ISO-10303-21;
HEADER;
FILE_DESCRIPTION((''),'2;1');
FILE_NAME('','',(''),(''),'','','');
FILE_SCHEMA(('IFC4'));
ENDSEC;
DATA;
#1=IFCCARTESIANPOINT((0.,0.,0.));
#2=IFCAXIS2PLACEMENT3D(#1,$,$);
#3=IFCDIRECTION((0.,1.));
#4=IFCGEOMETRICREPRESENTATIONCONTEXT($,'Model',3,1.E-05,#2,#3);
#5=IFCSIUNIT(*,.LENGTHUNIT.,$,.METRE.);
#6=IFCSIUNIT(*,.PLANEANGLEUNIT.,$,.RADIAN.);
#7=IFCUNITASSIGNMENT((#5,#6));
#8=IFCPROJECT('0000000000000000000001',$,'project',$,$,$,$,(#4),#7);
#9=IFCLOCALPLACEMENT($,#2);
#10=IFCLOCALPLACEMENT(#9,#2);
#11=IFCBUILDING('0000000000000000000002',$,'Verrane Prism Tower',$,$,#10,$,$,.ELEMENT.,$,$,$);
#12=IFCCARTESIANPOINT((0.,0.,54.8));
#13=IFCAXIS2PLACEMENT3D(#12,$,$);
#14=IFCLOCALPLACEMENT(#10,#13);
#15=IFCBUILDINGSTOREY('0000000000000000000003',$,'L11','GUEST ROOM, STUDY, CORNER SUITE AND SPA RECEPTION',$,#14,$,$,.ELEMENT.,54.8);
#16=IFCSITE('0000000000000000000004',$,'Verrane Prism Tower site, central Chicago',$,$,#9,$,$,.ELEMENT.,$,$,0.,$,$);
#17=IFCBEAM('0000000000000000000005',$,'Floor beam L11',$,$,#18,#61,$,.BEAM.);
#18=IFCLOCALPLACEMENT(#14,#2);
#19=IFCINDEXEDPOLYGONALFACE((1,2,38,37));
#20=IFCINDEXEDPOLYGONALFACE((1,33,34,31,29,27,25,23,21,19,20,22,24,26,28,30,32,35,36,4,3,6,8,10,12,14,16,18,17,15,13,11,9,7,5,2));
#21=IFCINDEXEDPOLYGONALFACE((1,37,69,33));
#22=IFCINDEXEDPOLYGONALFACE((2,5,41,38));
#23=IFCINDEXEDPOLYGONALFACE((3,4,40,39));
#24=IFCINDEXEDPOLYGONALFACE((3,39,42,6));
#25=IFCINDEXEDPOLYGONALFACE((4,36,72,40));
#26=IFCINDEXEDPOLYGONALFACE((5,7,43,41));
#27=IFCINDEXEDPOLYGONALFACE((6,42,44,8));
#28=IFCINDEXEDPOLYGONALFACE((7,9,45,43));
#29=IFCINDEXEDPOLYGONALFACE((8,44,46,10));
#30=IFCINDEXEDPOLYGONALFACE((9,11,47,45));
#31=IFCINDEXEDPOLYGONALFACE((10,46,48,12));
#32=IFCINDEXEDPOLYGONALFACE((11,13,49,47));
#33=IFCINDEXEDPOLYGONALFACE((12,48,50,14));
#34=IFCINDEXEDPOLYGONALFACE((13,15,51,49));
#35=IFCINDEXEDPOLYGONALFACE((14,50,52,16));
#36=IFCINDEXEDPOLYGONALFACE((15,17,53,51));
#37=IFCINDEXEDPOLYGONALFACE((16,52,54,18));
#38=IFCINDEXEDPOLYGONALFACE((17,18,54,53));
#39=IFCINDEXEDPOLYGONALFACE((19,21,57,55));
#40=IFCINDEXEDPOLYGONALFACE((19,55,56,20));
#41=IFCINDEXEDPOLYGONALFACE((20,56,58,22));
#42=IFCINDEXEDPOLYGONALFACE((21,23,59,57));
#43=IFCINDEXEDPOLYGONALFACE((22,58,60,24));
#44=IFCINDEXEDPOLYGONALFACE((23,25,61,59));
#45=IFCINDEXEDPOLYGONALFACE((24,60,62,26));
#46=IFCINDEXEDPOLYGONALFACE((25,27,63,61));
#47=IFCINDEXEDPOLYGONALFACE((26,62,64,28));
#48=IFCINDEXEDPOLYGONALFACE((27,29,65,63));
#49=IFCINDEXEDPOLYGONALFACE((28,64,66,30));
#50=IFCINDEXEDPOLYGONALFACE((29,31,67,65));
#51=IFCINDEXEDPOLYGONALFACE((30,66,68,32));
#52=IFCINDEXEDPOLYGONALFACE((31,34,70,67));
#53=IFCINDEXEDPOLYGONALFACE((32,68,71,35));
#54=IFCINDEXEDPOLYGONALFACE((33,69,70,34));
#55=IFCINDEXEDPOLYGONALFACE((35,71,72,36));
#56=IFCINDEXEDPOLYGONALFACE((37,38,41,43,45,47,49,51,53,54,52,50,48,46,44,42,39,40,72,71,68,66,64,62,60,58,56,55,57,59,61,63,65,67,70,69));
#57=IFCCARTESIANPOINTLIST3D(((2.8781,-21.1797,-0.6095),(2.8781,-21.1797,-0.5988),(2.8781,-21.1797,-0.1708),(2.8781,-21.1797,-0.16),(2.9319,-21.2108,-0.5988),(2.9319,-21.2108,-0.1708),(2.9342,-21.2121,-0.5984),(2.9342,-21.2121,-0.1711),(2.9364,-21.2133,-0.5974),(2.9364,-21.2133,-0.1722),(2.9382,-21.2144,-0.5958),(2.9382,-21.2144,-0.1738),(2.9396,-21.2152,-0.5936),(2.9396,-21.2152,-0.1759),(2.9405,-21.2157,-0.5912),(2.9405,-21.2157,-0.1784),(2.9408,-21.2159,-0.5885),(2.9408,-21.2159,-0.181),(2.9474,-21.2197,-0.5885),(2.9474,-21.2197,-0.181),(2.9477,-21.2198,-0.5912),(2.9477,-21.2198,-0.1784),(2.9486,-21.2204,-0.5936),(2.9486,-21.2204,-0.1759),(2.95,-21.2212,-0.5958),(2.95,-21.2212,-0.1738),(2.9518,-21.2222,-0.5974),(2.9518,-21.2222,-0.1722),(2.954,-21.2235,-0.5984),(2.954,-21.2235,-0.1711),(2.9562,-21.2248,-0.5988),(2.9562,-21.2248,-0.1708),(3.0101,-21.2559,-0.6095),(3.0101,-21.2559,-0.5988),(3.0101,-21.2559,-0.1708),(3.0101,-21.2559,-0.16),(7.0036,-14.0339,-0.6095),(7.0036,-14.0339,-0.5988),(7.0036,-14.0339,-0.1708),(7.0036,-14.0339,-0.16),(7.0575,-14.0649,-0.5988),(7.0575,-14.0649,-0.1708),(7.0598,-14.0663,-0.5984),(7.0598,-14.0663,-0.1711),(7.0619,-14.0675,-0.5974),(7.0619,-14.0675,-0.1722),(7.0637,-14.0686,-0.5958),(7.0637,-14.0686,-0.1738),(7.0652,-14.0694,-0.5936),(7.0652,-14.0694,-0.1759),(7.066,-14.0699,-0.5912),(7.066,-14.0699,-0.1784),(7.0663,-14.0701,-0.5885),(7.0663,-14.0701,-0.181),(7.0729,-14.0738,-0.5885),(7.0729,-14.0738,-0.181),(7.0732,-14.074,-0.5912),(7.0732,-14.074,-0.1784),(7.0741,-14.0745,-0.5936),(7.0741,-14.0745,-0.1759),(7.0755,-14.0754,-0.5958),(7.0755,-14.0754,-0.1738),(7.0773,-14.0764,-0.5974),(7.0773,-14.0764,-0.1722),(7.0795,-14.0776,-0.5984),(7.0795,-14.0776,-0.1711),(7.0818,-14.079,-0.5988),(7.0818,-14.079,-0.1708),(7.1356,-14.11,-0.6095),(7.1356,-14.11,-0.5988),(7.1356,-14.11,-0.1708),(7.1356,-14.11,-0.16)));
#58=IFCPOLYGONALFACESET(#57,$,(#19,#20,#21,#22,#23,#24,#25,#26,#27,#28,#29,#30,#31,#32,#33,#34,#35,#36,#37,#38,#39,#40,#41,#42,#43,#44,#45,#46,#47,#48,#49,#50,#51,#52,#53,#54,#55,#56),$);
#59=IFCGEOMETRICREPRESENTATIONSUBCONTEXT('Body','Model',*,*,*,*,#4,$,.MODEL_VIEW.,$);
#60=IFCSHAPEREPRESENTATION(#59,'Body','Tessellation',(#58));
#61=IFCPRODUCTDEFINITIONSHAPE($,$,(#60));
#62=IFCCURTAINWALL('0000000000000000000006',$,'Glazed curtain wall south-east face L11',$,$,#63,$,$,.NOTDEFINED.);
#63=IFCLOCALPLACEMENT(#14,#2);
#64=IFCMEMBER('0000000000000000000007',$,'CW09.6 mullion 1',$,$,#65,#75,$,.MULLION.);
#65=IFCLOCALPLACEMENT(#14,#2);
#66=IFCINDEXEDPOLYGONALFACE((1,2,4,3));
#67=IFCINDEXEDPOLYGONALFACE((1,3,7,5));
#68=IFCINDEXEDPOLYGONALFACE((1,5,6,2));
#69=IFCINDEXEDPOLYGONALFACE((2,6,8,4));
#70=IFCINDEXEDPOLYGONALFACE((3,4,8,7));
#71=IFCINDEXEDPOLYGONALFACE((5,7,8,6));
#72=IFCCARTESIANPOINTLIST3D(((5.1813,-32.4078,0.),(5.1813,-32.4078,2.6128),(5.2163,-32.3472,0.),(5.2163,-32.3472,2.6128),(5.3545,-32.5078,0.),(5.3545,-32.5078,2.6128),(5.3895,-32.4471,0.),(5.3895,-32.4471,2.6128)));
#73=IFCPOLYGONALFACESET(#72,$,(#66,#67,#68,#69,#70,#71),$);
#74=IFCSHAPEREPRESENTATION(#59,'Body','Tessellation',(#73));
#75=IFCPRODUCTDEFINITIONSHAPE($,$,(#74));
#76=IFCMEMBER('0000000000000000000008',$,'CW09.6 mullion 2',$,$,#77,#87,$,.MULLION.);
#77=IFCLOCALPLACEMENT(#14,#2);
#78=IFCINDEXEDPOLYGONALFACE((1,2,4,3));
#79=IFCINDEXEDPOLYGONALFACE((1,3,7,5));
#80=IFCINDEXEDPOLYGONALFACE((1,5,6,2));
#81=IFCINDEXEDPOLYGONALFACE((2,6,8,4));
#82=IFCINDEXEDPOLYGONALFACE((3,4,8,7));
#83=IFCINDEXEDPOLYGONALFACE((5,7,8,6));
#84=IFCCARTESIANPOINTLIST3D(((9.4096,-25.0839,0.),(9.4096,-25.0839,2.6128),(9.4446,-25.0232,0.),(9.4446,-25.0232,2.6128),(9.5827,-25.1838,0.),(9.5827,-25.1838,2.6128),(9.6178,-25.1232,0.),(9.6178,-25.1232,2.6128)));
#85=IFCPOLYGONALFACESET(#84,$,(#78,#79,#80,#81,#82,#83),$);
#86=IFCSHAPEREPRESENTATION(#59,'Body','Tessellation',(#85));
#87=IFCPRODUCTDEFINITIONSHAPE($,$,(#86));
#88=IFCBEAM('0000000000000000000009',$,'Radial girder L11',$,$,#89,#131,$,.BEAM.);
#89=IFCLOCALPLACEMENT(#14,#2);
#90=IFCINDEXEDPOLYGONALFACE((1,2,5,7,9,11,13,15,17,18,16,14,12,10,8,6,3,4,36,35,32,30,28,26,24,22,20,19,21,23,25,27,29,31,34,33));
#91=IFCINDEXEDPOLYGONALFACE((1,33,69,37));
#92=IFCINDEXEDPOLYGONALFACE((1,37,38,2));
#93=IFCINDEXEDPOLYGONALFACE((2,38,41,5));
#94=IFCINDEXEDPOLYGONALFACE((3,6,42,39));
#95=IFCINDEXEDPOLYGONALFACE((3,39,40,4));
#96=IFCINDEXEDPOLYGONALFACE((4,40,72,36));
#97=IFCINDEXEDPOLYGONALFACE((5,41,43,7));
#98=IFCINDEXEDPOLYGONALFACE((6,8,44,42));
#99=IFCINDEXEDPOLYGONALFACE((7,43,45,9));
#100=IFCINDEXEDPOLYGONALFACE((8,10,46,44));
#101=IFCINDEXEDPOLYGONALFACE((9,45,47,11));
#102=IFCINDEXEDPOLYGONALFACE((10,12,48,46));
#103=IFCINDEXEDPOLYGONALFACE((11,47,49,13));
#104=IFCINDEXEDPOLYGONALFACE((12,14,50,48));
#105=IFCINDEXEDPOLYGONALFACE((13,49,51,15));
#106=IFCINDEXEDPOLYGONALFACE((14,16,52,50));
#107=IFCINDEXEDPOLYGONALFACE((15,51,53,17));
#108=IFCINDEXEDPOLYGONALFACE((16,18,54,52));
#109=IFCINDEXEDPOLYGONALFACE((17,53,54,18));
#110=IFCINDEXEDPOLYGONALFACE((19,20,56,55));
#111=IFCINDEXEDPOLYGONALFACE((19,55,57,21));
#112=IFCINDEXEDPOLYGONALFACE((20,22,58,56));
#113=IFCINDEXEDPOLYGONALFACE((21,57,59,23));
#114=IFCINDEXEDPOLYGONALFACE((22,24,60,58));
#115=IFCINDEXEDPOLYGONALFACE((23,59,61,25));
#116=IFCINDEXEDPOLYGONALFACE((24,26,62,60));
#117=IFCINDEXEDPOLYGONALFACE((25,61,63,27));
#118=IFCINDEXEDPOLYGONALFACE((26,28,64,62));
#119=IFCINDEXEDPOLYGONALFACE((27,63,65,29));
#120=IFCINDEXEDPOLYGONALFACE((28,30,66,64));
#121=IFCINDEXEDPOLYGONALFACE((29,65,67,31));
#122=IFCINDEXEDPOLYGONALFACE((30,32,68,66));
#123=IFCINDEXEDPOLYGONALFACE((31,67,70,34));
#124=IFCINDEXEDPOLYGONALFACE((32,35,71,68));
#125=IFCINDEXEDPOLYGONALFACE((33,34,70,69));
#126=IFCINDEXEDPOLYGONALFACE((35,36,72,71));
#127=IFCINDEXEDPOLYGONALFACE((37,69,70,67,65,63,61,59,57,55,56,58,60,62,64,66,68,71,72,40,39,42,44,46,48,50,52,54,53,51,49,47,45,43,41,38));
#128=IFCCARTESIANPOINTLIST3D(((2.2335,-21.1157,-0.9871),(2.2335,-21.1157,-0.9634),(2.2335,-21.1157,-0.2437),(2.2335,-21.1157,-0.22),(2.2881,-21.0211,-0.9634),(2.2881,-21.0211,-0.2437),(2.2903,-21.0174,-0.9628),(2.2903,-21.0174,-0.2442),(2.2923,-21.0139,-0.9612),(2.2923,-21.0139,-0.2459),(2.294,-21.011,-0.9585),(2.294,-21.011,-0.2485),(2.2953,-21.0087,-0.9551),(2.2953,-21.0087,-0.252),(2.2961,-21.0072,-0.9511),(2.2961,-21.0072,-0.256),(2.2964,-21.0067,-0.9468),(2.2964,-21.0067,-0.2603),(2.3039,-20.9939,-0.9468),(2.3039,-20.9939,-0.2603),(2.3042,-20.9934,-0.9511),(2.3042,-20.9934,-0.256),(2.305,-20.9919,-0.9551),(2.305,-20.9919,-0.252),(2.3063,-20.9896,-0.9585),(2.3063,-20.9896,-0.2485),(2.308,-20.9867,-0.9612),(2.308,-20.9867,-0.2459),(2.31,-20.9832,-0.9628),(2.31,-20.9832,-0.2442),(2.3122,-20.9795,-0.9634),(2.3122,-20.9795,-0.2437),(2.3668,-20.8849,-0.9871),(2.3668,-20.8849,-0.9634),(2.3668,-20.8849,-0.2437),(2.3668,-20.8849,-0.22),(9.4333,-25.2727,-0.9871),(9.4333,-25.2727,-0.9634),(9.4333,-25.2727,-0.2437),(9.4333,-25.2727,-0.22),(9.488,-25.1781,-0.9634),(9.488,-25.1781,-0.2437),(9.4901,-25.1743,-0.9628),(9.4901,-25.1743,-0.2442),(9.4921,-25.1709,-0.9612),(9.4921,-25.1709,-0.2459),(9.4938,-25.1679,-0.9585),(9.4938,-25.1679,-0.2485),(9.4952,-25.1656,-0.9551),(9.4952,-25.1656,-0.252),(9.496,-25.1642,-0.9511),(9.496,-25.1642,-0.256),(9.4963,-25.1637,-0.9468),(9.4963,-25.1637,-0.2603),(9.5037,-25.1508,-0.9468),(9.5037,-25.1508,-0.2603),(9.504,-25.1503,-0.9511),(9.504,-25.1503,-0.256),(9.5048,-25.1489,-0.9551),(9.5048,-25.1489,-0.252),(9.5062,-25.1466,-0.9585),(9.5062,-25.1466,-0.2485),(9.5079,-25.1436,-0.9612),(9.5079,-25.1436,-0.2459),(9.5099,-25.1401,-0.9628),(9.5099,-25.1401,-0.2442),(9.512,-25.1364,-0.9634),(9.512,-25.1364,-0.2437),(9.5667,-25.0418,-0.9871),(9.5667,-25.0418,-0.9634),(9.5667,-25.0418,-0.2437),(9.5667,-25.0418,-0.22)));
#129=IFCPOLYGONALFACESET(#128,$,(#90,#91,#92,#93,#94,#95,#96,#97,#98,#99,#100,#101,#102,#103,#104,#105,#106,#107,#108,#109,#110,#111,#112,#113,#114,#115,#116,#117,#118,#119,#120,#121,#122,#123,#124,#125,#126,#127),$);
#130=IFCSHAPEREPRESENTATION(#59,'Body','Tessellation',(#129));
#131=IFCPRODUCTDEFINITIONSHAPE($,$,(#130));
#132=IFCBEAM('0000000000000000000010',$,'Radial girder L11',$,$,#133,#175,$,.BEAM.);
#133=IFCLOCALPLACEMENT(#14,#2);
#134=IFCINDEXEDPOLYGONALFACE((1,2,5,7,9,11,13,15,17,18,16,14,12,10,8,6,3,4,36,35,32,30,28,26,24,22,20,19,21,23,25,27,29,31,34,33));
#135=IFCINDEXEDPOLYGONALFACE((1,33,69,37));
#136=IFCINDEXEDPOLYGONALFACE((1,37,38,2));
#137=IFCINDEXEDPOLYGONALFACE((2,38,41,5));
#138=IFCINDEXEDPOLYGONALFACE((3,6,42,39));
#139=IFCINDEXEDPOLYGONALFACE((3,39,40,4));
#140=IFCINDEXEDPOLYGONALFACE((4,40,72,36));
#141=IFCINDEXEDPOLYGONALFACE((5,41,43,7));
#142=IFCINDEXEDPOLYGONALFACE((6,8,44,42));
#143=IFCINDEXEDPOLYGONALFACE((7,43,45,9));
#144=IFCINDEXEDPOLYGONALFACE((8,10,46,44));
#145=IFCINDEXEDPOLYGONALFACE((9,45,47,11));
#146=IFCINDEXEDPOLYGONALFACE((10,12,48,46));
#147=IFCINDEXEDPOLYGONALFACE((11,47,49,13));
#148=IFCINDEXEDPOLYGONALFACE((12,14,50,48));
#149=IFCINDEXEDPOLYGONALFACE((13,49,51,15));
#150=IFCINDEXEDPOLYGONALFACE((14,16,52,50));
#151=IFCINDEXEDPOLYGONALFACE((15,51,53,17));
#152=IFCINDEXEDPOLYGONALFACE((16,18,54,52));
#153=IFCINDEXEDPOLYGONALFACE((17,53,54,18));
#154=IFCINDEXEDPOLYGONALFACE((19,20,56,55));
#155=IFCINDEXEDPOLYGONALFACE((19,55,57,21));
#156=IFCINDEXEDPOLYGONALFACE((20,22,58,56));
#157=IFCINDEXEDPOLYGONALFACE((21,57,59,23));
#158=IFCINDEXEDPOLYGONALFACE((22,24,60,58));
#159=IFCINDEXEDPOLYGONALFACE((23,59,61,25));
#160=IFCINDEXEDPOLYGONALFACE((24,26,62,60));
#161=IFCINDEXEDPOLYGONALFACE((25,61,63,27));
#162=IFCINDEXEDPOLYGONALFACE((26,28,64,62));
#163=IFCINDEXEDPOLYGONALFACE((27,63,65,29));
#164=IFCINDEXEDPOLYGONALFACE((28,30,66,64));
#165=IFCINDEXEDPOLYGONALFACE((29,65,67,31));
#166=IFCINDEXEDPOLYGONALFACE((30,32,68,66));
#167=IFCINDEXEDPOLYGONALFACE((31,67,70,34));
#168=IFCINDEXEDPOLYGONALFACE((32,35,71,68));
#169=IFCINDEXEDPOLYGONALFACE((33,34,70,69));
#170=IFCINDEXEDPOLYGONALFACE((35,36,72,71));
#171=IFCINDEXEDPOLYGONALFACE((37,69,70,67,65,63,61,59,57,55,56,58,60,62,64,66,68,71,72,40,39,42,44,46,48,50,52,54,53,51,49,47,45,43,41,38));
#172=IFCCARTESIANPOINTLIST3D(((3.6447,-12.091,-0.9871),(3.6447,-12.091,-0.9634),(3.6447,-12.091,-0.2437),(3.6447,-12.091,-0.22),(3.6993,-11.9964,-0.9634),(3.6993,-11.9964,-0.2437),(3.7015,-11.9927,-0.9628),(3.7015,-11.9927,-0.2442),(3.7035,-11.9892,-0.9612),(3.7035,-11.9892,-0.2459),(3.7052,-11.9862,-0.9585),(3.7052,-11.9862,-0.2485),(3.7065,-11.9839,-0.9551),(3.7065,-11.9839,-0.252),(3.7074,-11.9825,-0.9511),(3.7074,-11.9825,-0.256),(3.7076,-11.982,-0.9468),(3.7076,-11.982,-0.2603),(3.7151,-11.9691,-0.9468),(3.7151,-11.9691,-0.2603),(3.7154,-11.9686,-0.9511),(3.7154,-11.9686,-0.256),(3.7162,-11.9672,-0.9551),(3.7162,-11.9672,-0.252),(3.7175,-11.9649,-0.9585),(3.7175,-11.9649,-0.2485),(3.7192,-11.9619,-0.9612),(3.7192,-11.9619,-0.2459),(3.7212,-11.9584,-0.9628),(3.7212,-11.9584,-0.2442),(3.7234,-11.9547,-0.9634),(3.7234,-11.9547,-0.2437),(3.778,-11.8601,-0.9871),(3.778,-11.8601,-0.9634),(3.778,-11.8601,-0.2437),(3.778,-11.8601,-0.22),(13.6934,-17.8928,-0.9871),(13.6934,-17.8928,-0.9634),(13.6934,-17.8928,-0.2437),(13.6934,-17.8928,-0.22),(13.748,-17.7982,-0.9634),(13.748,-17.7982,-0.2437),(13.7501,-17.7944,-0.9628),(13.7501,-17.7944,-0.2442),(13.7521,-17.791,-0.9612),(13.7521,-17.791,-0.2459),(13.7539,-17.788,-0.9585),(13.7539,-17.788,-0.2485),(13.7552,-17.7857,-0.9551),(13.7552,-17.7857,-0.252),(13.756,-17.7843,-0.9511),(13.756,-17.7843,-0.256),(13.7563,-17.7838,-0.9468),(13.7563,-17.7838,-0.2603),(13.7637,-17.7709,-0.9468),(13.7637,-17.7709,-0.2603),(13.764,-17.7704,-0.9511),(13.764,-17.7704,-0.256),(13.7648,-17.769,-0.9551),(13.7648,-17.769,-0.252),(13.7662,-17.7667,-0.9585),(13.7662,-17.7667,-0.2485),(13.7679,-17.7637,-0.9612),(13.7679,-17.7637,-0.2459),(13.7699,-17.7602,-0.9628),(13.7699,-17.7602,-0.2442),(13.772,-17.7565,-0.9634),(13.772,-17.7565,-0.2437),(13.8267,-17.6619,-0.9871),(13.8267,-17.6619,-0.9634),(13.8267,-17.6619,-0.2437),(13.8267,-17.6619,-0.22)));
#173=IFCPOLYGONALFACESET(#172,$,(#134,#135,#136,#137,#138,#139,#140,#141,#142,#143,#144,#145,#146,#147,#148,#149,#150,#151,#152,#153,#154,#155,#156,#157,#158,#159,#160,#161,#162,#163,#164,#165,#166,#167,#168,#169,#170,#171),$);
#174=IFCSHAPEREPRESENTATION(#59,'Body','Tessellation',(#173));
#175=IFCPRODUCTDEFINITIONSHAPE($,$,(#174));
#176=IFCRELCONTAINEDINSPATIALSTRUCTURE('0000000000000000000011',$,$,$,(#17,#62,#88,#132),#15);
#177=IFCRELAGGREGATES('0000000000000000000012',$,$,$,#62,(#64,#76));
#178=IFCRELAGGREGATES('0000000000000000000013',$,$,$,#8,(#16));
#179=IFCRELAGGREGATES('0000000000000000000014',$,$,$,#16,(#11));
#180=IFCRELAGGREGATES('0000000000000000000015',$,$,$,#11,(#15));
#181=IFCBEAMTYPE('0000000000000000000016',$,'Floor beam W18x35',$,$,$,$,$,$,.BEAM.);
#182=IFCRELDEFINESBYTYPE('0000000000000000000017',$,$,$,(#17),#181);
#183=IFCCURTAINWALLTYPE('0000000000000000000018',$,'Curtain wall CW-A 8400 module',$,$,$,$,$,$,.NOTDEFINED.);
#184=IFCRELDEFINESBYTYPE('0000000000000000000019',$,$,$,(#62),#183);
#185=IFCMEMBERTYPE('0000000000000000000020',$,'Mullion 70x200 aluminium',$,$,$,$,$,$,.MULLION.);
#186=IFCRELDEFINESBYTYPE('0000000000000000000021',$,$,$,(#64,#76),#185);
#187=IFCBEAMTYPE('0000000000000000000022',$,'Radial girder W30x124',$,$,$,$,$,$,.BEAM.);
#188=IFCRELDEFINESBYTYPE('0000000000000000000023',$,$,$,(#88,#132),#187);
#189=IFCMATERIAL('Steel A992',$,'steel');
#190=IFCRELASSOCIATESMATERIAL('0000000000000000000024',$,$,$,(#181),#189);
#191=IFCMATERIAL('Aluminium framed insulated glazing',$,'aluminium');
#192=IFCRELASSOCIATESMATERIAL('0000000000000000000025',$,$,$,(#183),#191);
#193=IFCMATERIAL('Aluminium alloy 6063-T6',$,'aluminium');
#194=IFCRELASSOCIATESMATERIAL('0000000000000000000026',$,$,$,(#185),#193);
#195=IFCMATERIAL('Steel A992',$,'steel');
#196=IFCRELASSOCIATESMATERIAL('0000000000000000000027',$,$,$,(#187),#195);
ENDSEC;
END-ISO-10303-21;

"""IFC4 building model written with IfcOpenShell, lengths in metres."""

from ifc_helpers import new_model, si_unit, direction, frame, origin, origin_2d, place, context, subcontext, project, spatial, rectangle, i_section, extrude, material, material_profile, profile_set, type_object, element, aggregate, save


model = new_model("IFC4")

# Units and contexts
model_context = context("Model", 3, precision=1e-05, world=origin(), true_north=direction((0.0, 1.0)))
body_context = subcontext(model_context, "Body", "Model", "MODEL_VIEW")
ifc_project = project(units=[si_unit("LENGTHUNIT", "METRE"), si_unit("PLANEANGLEUNIT", "RADIAN")], contexts=[model_context])

# Site, building, storey
site_placement = place(None, origin())
site = spatial("IfcSite", under=ifc_project, at=site_placement, Name="Verrane Prism Tower site, central Chicago", CompositionType="ELEMENT", RefElevation=0.0)
building_placement = place(site_placement, origin())
building = spatial("IfcBuilding", under=site, at=building_placement, Name="Verrane Prism Tower", CompositionType="ELEMENT")
storey_placement = place(building_placement, frame((0.0, 0.0, 54.8)))
storey = spatial("IfcBuildingStorey", under=building, at=storey_placement, Name="L11", Description="GUEST ROOM, STUDY, CORNER SUITE AND SPA RECEPTION", CompositionType="ELEMENT", Elevation=54.8)

# Beam
ifc_material_1 = material(Name="Steel A992", Category="steel")
ifc_material_profile_1 = material_profile(ifc_material_1, i_section(OverallWidth=0.1523, OverallDepth=0.4495, WebThickness=0.0076, FlangeThickness=0.0107, FilletRadius=0.0103, at=origin_2d()), Name="W18x35")
ifc_profile_set_1 = profile_set([ifc_material_profile_1], Name="Steel A992")
beam_type_1 = type_object("IfcBeamType", Name="Floor beam W18x35", PredefinedType="BEAM", material=ifc_profile_set_1)
beam_1_placement = place(storey_placement, frame((2.9441, -21.2178, -0.3848), z_axis=(0.49999, 0.866031, 0.0), x_axis=(-0.866031, 0.49999, 0.0)))
element("IfcBeam", 1, at=beam_1_placement, inside=storey, type_object=beam_type_1, Name="Floor beam L11", PredefinedType="BEAM", context=body_context, shape_type="SweptSolid", body=[
    extrude(i_section(OverallWidth=0.1523, OverallDepth=0.4495, WebThickness=0.0076, FlangeThickness=0.0107, FilletRadius=0.0103, at=origin_2d()), origin(), (0.0, 0.0, 1.0), 8.2512),
])

# Curtain wall, members
ifc_material_2 = material(Name="Aluminium framed insulated glazing", Category="aluminium")
curtain_wall_type = type_object("IfcCurtainWallType", Name="Curtain wall CW-A 8400 module", PredefinedType="NOTDEFINED", material=ifc_material_2)
curtain_wall_1_placement = place(storey_placement, origin())
curtain_wall_1 = element("IfcCurtainWall", 2, at=curtain_wall_1_placement, inside=storey, type_object=curtain_wall_type, Name="Glazed curtain wall south-east face L11", PredefinedType="NOTDEFINED")
ifc_material_3 = material(Name="Aluminium alloy 6063-T6", Category="aluminium")
ifc_material_profile_2 = material_profile(ifc_material_3, rectangle(XDim=0.2, YDim=0.0701, at=origin_2d()), Name="Mullion 70x200 aluminium")
ifc_profile_set_2 = profile_set([ifc_material_profile_2], Name="Aluminium alloy 6063-T6")
member_type_1 = type_object("IfcMemberType", Name="Mullion 70x200 aluminium", PredefinedType="MULLION", material=ifc_profile_set_2)
member_1_placement = place(storey_placement, frame((5.2854, -32.4275, 0.0), z_axis=(0.0, 0.0, 1.0), x_axis=(-0.866026, 0.499999, 0.0)))
member_1 = element("IfcMember", 3, at=member_1_placement, type_object=member_type_1, Name="CW09.6 mullion 1", PredefinedType="MULLION", context=body_context, shape_type="SweptSolid", body=[
    extrude(rectangle(XDim=0.2, YDim=0.0701, at=origin_2d()), origin(), (0.0, 0.0, 1.0), 2.6128),
])
member_2_placement = place(storey_placement, frame((9.5137, -25.1035, 0.0), z_axis=(0.0, 0.0, 1.0), x_axis=(-0.866026, 0.499999, 0.0)))
member_2 = element("IfcMember", 4, at=member_2_placement, type_object=member_type_1, Name="CW09.6 mullion 2", PredefinedType="MULLION", context=body_context, shape_type="SweptSolid", body=[
    extrude(rectangle(XDim=0.2, YDim=0.0701, at=origin_2d()), origin(), (0.0, 0.0, 1.0), 2.6128),
])

# Beams
ifc_material_4 = material(Name="Steel A992", Category="steel")
ifc_material_profile_3 = material_profile(ifc_material_4, i_section(OverallWidth=0.2666, OverallDepth=0.7671, WebThickness=0.0149, FlangeThickness=0.0237, FilletRadius=0.0166, at=origin_2d()), Name="W30x124")
ifc_profile_set_3 = profile_set([ifc_material_profile_3], Name="Steel A992")
beam_type_2 = type_object("IfcBeamType", Name="Radial girder W30x124", PredefinedType="BEAM", material=ifc_profile_set_3)
beam_2_placement = place(storey_placement, frame((9.5, -25.1572, -0.6035), z_axis=(-0.866021, 0.500008, 0.0), x_axis=(-0.500008, -0.866021, 0.0)))
element("IfcBeam", 5, at=beam_2_placement, inside=storey, type_object=beam_type_2, Name="Radial girder L11", PredefinedType="BEAM", context=body_context, shape_type="SweptSolid", body=[
    extrude(i_section(OverallWidth=0.2666, OverallDepth=0.7671, WebThickness=0.0149, FlangeThickness=0.0237, FilletRadius=0.0166, at=origin_2d()), origin(), (0.0, 0.0, 1.0), 8.3137),
])
beam_3_placement = place(storey_placement, frame((13.76, -17.7773, -0.6035), z_axis=(-0.866018, 0.500013, 0.0), x_axis=(-0.500013, -0.866018, 0.0)))
element("IfcBeam", 6, at=beam_3_placement, inside=storey, type_object=beam_type_2, Name="Radial girder L11", PredefinedType="BEAM", context=body_context, shape_type="SweptSolid", body=[
    extrude(i_section(OverallWidth=0.2666, OverallDepth=0.7671, WebThickness=0.0149, FlangeThickness=0.0237, FilletRadius=0.0166, at=origin_2d()), origin(), (0.0, 0.0, 1.0), 11.6033),
])

aggregate(curtain_wall_1, [member_1, member_2])

save(model, "model.ifc")
